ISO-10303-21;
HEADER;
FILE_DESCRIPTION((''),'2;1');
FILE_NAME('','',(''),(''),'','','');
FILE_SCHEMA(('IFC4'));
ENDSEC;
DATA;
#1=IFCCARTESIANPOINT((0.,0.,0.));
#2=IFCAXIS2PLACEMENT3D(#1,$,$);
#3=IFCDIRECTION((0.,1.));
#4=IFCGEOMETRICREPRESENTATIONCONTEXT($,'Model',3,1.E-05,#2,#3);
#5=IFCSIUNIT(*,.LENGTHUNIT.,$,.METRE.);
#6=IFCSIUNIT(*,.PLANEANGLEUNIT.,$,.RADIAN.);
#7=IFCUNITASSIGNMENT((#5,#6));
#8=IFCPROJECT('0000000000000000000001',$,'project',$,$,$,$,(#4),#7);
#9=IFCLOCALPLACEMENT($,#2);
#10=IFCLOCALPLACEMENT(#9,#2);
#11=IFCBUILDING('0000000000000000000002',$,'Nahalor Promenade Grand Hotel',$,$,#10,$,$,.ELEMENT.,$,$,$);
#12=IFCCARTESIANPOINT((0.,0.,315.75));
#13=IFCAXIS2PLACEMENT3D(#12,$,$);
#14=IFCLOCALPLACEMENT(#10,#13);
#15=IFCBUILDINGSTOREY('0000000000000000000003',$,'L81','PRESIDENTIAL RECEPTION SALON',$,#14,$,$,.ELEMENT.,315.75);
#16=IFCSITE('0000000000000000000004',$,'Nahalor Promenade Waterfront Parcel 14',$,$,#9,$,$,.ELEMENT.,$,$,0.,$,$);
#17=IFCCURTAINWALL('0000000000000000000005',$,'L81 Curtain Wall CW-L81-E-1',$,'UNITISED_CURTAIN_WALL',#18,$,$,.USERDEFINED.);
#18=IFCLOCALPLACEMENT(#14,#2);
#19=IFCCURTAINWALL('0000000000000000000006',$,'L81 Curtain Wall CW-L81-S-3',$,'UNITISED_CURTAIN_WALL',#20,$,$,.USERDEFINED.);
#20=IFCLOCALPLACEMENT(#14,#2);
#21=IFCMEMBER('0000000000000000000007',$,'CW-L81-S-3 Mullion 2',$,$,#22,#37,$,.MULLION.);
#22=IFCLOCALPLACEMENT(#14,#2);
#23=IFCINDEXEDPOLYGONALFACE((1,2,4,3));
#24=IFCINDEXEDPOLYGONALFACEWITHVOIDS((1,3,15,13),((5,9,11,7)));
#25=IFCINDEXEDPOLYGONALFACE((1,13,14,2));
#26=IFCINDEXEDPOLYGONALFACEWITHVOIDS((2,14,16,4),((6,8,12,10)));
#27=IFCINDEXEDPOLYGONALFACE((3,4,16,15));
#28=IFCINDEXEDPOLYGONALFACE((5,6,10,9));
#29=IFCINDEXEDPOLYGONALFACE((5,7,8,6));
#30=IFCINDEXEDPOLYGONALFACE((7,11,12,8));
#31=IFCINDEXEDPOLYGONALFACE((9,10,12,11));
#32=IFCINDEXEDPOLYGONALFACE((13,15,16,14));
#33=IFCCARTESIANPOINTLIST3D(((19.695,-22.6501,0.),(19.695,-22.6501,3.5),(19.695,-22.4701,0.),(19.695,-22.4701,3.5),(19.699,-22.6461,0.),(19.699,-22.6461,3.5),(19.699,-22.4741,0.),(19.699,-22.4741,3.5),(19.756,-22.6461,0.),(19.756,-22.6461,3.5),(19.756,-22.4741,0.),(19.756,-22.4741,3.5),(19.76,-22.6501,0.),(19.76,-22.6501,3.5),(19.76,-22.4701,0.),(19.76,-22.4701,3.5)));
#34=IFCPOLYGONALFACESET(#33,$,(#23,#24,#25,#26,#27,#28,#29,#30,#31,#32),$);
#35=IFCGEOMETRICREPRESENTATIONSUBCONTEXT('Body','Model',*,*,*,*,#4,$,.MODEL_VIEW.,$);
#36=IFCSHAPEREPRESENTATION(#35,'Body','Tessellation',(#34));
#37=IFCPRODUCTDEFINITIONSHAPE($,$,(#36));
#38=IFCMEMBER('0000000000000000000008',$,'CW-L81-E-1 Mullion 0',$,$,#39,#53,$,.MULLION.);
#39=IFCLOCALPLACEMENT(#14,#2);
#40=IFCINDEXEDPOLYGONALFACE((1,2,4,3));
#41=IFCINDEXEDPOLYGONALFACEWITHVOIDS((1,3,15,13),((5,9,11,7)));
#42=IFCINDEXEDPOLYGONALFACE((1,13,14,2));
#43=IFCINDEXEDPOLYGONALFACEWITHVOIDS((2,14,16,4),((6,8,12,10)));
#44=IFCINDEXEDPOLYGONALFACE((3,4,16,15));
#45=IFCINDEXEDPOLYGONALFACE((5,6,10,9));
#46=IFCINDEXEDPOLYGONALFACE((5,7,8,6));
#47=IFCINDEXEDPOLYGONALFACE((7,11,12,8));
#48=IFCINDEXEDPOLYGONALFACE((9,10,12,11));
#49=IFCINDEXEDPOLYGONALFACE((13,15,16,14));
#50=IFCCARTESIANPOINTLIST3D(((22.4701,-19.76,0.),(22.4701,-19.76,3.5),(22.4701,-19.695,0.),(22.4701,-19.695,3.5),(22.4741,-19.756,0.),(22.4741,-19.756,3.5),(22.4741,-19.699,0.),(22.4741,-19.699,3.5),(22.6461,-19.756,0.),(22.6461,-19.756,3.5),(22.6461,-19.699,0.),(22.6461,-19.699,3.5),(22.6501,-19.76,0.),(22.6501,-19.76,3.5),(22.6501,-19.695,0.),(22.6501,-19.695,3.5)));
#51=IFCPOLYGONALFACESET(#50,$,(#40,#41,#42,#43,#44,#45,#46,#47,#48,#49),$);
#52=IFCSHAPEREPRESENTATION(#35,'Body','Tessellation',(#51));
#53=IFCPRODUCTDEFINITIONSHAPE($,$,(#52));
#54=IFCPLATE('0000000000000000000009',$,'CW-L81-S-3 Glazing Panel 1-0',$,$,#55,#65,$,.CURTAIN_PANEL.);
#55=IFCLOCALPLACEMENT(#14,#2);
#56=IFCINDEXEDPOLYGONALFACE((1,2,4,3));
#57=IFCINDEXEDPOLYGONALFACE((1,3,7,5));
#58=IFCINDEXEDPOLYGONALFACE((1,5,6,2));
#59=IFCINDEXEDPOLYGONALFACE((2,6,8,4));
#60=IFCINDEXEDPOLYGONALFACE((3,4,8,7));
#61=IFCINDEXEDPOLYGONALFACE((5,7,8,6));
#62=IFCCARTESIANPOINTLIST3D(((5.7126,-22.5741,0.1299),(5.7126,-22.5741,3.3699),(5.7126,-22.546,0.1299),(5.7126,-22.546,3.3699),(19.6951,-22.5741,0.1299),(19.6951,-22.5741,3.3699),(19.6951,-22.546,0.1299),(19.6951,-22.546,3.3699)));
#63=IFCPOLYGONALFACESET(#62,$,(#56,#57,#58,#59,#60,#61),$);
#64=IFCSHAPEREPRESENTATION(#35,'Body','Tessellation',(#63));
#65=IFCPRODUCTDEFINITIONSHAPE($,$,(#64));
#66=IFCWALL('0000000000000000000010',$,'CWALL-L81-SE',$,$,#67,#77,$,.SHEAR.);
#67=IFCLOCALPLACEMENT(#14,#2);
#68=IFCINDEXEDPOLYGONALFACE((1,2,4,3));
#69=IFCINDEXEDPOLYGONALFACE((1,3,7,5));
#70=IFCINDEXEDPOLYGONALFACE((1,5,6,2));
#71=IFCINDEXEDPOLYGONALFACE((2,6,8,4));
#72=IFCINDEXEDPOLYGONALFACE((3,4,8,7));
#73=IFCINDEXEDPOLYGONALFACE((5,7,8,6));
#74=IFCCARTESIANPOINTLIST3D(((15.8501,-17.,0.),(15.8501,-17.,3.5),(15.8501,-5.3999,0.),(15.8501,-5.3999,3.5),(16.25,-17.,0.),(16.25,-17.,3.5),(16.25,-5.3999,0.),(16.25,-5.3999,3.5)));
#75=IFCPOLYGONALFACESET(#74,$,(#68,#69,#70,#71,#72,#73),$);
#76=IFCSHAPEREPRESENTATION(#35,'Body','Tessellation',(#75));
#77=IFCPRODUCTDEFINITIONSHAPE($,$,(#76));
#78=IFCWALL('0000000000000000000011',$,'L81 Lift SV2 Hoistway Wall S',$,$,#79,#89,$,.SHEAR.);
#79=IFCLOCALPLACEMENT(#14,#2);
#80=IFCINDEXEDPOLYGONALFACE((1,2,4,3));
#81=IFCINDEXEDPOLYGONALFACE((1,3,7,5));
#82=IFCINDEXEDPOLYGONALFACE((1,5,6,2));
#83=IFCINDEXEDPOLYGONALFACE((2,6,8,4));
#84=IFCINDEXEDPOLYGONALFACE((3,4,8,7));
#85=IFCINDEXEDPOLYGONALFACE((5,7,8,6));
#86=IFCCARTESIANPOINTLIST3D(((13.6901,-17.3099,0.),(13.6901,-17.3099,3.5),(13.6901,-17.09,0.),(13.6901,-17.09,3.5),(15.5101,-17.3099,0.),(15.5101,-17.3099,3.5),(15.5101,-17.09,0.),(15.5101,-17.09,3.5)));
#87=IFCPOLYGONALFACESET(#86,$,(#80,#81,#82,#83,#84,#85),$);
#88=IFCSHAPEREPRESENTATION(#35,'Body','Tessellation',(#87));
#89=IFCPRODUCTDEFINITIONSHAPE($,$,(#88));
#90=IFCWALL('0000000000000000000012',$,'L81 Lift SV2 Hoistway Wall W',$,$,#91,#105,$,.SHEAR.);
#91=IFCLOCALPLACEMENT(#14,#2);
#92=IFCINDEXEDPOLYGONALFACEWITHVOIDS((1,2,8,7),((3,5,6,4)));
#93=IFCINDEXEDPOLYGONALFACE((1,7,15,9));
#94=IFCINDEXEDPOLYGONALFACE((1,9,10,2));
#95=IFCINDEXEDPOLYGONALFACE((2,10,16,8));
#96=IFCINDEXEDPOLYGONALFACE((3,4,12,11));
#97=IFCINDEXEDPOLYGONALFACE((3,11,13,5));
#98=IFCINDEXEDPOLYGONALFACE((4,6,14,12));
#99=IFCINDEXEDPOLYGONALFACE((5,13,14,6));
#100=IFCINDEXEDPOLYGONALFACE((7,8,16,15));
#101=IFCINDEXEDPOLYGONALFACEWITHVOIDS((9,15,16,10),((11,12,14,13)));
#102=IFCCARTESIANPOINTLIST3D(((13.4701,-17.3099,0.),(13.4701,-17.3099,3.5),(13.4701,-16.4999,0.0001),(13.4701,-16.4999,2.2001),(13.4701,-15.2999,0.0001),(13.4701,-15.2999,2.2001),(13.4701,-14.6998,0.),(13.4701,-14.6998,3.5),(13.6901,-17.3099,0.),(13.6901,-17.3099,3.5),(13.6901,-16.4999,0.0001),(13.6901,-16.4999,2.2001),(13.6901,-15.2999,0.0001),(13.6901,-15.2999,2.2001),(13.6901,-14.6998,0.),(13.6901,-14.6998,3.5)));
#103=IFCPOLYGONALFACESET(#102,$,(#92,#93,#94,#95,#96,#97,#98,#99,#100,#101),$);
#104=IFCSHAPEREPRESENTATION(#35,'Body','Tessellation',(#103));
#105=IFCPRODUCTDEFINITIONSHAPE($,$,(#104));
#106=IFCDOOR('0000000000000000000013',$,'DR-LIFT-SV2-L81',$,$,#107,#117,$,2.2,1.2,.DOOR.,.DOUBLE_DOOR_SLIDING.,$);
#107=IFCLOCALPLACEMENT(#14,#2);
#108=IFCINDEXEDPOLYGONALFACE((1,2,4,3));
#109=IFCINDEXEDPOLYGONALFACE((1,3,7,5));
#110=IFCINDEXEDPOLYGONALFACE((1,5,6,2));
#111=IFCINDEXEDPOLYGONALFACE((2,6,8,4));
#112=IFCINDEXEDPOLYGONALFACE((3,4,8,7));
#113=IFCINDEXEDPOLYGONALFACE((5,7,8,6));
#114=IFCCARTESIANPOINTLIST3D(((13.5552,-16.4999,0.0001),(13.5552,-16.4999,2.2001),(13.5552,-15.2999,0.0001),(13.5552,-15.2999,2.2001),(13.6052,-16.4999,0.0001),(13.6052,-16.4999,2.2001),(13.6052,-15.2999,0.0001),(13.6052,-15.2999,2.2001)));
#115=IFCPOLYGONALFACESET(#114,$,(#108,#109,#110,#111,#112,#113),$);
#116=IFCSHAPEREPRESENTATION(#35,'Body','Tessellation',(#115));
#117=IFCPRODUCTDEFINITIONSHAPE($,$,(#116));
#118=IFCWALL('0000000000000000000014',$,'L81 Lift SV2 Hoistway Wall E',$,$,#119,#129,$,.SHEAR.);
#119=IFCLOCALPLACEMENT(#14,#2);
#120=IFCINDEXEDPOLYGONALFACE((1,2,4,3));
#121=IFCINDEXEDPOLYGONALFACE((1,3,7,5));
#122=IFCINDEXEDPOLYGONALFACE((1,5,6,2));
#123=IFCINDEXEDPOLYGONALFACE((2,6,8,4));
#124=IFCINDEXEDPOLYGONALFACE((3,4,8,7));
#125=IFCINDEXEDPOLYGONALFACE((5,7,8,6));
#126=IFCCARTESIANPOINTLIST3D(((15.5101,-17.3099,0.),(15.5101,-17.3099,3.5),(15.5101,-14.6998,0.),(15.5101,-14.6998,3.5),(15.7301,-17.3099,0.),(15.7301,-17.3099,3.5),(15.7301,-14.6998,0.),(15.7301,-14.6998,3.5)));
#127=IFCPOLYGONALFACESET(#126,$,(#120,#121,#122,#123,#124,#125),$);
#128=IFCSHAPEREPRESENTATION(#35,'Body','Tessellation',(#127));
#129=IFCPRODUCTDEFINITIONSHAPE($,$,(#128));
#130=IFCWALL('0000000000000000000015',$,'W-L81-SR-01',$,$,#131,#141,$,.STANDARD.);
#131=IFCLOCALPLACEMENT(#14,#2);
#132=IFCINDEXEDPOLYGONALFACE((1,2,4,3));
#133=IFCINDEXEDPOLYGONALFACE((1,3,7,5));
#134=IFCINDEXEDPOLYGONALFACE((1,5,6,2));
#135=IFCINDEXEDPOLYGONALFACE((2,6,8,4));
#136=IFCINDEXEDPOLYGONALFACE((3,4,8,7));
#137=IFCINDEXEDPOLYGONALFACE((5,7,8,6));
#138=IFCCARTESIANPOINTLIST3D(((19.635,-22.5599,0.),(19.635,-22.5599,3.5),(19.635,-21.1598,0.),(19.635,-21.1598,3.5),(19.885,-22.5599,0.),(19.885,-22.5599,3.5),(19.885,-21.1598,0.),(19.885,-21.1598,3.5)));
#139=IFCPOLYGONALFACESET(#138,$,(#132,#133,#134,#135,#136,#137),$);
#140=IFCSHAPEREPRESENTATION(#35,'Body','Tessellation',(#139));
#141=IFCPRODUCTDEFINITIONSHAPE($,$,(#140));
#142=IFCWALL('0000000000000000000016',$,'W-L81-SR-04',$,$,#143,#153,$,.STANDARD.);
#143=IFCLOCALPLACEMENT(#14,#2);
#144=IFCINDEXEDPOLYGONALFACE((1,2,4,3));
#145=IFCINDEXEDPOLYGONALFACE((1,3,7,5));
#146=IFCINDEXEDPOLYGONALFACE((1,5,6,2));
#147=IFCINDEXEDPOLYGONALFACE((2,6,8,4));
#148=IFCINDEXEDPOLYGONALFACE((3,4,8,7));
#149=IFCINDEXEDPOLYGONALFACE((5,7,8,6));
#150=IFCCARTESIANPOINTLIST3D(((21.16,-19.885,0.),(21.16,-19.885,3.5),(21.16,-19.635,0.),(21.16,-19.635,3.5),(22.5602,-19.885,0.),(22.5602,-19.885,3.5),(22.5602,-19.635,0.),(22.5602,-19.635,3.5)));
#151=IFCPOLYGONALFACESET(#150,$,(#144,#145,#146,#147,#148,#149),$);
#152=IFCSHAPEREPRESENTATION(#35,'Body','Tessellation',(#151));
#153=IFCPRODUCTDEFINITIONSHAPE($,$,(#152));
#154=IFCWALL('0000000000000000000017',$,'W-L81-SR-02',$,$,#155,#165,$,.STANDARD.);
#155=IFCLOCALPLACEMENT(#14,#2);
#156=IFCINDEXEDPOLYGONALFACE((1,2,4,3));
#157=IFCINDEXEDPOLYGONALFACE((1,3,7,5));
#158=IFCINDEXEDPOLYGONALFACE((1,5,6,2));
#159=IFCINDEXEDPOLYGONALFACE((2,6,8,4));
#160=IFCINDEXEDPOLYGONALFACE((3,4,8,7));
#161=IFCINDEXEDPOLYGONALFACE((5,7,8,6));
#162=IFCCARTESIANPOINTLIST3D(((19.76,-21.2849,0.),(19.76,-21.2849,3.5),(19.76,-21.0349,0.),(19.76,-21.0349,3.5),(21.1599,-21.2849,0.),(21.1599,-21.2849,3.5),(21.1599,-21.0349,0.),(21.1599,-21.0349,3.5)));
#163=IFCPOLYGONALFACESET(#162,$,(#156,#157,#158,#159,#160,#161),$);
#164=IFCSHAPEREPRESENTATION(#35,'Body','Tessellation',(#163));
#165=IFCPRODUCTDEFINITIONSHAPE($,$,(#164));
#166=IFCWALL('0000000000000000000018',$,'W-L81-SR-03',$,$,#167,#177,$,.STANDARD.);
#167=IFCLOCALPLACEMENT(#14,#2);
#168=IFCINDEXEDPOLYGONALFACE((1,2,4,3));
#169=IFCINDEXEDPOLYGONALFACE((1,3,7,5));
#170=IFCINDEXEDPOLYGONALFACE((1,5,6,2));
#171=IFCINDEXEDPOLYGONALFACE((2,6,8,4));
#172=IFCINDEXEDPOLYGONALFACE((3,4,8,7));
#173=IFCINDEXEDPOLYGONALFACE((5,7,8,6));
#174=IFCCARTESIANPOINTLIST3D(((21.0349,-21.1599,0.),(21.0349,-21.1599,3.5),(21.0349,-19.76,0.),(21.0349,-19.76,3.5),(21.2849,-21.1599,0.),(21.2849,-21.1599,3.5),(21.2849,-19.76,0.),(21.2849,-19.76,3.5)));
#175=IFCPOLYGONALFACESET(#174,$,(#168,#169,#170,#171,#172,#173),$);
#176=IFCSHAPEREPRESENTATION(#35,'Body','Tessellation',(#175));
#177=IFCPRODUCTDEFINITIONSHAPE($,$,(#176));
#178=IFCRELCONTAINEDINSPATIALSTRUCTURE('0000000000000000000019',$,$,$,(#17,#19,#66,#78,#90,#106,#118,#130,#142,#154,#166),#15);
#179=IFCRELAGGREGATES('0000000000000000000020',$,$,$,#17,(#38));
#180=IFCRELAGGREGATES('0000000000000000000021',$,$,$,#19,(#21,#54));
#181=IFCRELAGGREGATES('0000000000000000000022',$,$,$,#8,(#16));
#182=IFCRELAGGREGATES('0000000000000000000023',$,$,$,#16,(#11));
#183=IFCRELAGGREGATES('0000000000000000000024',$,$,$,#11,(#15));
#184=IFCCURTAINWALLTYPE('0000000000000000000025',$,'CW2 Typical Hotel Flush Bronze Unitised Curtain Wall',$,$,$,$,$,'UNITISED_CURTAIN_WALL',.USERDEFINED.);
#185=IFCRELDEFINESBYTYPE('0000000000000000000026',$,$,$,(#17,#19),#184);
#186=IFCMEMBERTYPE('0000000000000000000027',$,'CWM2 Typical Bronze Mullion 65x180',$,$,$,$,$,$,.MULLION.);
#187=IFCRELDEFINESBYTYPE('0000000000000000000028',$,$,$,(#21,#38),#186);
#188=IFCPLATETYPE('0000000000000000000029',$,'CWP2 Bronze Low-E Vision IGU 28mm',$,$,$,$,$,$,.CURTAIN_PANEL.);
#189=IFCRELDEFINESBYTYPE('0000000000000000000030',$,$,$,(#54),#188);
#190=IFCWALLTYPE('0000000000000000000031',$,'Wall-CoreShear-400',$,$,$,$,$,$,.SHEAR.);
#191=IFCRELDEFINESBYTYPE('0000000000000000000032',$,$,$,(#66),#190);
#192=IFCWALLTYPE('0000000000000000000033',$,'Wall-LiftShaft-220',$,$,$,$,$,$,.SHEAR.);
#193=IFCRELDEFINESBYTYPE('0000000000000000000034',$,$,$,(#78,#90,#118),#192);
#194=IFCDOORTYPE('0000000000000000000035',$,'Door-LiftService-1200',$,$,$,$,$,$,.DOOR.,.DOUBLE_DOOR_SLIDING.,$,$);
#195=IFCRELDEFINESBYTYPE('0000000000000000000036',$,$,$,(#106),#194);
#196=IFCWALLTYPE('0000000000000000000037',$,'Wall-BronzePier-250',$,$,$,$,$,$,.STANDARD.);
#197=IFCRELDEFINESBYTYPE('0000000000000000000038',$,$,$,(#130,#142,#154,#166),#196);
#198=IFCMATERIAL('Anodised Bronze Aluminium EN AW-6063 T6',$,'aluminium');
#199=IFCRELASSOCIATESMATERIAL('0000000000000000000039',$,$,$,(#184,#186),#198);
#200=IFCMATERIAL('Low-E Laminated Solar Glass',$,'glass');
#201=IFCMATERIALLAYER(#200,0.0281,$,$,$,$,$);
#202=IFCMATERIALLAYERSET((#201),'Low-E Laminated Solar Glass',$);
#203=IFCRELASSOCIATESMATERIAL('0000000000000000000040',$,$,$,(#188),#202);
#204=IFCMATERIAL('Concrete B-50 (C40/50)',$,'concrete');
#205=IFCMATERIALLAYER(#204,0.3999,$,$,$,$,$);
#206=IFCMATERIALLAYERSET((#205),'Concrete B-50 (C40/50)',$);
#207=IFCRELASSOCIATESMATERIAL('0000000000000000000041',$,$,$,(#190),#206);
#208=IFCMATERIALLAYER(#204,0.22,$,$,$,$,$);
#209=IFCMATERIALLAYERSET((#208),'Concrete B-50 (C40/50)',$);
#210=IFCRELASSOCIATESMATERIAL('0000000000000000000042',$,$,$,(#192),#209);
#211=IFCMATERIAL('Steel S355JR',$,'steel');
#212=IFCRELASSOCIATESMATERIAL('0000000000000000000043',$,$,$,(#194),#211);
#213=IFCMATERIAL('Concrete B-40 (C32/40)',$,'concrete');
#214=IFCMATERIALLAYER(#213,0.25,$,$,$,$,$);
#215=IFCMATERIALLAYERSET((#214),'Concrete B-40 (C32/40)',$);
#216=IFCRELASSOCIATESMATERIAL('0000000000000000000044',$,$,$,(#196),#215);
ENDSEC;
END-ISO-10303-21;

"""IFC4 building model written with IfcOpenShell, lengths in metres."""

from ifc_helpers import new_model, si_unit, direction, frame, frame_2d, origin, origin_2d, place, context, subcontext, project, spatial, rectangle, hollow_rectangle, extrude, source, transform, mapped, material, layer, layer_set, material_profile, profile_set, type_object, element, fill, aggregate, save


model = new_model("IFC4")

# Units and contexts
model_context = context("Model", 3, precision=1e-05, world=origin(), true_north=direction((0.0, 1.0)))
body_context = subcontext(model_context, "Body", "Model", "MODEL_VIEW")
ifc_project = project(units=[si_unit("LENGTHUNIT", "METRE"), si_unit("PLANEANGLEUNIT", "RADIAN")], contexts=[model_context])

# Site, building, storey
site_placement = place(None, origin())
site = spatial("IfcSite", under=ifc_project, at=site_placement, Name="Nahalor Promenade Waterfront Parcel 14", CompositionType="ELEMENT", RefElevation=0.0)
building_placement = place(site_placement, origin())
building = spatial("IfcBuilding", under=site, at=building_placement, Name="Nahalor Promenade Grand Hotel", CompositionType="ELEMENT")
storey_placement = place(building_placement, frame((0.0, 0.0, 315.75)))
storey = spatial("IfcBuildingStorey", under=building, at=storey_placement, Name="L81", Description="PRESIDENTIAL RECEPTION SALON", CompositionType="ELEMENT", Elevation=315.75)

# Shared definitions
ifc_material_1 = material(Name="Concrete B-50 (C40/50)", Category="concrete")
ifc_material_2 = material(Name="Steel S355JR", Category="steel")

# Curtain wall
ifc_material_3 = material(Name="Anodised Bronze Aluminium EN AW-6063 T6", Category="aluminium")
curtain_wall_type = type_object("IfcCurtainWallType", Name="CW2 Typical Hotel Flush Bronze Unitised Curtain Wall", ElementType="UNITISED_CURTAIN_WALL", PredefinedType="USERDEFINED", material=ifc_material_3)
curtain_wall_1_placement = place(storey_placement, origin())
curtain_wall_1 = element("IfcCurtainWall", 1, at=curtain_wall_1_placement, inside=storey, type_object=curtain_wall_type, Name="L81 Curtain Wall CW-L81-E-1", ObjectType="UNITISED_CURTAIN_WALL", PredefinedType="USERDEFINED")

# Curtain wall, member
curtain_wall_2_placement = place(storey_placement, origin())
curtain_wall_2 = element("IfcCurtainWall", 2, at=curtain_wall_2_placement, inside=storey, type_object=curtain_wall_type, Name="L81 Curtain Wall CW-L81-S-3", ObjectType="UNITISED_CURTAIN_WALL", PredefinedType="USERDEFINED")
ifc_material_profile_1 = material_profile(ifc_material_3, hollow_rectangle(XDim=0.065, YDim=0.18, WallThickness=0.004, at=origin_2d()), Name="CWM 65x180x4")
ifc_profile_set_1 = profile_set([ifc_material_profile_1], Name="Anodised Bronze Aluminium EN AW-6063 T6")
member_type_1 = type_object("IfcMemberType", Name="CWM2 Typical Bronze Mullion 65x180", PredefinedType="MULLION", material=ifc_profile_set_1)
shared_shape_1 = source(origin(), body_context, "Body", "SweptSolid", [
    extrude(hollow_rectangle(XDim=0.065, YDim=0.18, WallThickness=0.004, at=origin_2d()), origin(), (0.0, 0.0, 1.0), 3.5),
])
member_1_placement = place(storey_placement, frame((19.7275, -22.5601, 0.0), z_axis=(0.0, 0.0, 1.0), x_axis=(1.0, 0.0, 0.0)))
member_1 = element("IfcMember", 3, at=member_1_placement, type_object=member_type_1, Name="CW-L81-S-3 Mullion 2", PredefinedType="MULLION", context=body_context, shape_type="MappedRepresentation", body=[
    mapped(shared_shape_1, transform((0.0, 0.0, 0.0), scale=1.0)),
])

# Member
member_2_placement = place(storey_placement, frame((22.5601, -19.7275, 0.0), z_axis=(0.0, 0.0, 1.0), x_axis=(0.0, 1.0, 0.0)))
member_2 = element("IfcMember", 4, at=member_2_placement, type_object=member_type_1, Name="CW-L81-E-1 Mullion 0", PredefinedType="MULLION", context=body_context, shape_type="MappedRepresentation", body=[
    mapped(shared_shape_1, transform((0.0, 0.0, 0.0), scale=1.0)),
])
aggregate(curtain_wall_1, [member_2])

# Plate
ifc_material_4 = material(Name="Low-E Laminated Solar Glass", Category="glass")
ifc_layer_1 = layer(ifc_material_4, 0.0281)
ifc_layer_set_1 = layer_set([ifc_layer_1], Name="Low-E Laminated Solar Glass")
plate_type = type_object("IfcPlateType", Name="CWP2 Bronze Low-E Vision IGU 28mm", PredefinedType="CURTAIN_PANEL", material=ifc_layer_set_1)
shared_shape_2 = source(origin(), body_context, "Body", "SweptSolid", [
    extrude(rectangle(XDim=13.9824, YDim=0.0281, at=origin_2d()), origin(), (0.0, 0.0, 1.0), 3.24),
])
plate_placement = place(storey_placement, frame((12.7039, -22.5601, 0.1299), z_axis=(0.0, 0.0, 1.0), x_axis=(1.0, 0.0, 0.0)))
plate = element("IfcPlate", 5, at=plate_placement, type_object=plate_type, Name="CW-L81-S-3 Glazing Panel 1-0", PredefinedType="CURTAIN_PANEL", context=body_context, shape_type="MappedRepresentation", body=[
    mapped(shared_shape_2, transform((0.0, 0.0, 0.0), scale=1.0)),
])
aggregate(curtain_wall_2, [member_1, plate])

# Walls
ifc_layer_2 = layer(ifc_material_1, 0.3999)
ifc_layer_set_2 = layer_set([ifc_layer_2], Name="Concrete B-50 (C40/50)")
wall_type_1 = type_object("IfcWallType", Name="Wall-CoreShear-400", PredefinedType="SHEAR", material=ifc_layer_set_2)
shared_shape_3 = source(origin(), body_context, "Body", "SweptSolid", [
    extrude(rectangle(XDim=11.6001, YDim=0.3999, at=frame_2d((5.8, 0.0))), origin(), (0.0, 0.0, 1.0), 3.5),
])
wall_1_placement = place(storey_placement, frame((16.05, -17.0, 0.0), z_axis=(0.0, 0.0, 1.0), x_axis=(0.0, 1.0, 0.0)))
element("IfcWall", 6, at=wall_1_placement, inside=storey, type_object=wall_type_1, Name="CWALL-L81-SE", PredefinedType="SHEAR", context=body_context, shape_type="MappedRepresentation", body=[
    mapped(shared_shape_3, transform((0.0, 0.0, 0.0), scale=1.0)),
])
ifc_layer_3 = layer(ifc_material_1, 0.22)
ifc_layer_set_3 = layer_set([ifc_layer_3], Name="Concrete B-50 (C40/50)")
wall_type_2 = type_object("IfcWallType", Name="Wall-LiftShaft-220", PredefinedType="SHEAR", material=ifc_layer_set_3)
shared_shape_4 = source(origin(), body_context, "Body", "SweptSolid", [
    extrude(rectangle(XDim=1.8201, YDim=0.22, at=frame_2d((0.9102, 0.0))), origin(), (0.0, 0.0, 1.0), 3.5),
])
wall_2_placement = place(storey_placement, frame((13.6899, -17.2, 0.0), z_axis=(0.0, 0.0, 1.0), x_axis=(1.0, 0.0, 0.0)))
element("IfcWall", 7, at=wall_2_placement, inside=storey, type_object=wall_type_2, Name="L81 Lift SV2 Hoistway Wall S", PredefinedType="SHEAR", context=body_context, shape_type="MappedRepresentation", body=[
    mapped(shared_shape_4, transform((0.0, 0.0, 0.0), scale=1.0)),
])

# Wall, opening, door
shared_shape_5 = source(origin(), body_context, "Body", "SweptSolid", [
    extrude(rectangle(XDim=2.6101, YDim=0.22, at=frame_2d((1.3052, 0.0))), origin(), (0.0, 0.0, 1.0), 3.5),
])
wall_3_placement = place(storey_placement, frame((13.5801, -17.3101, 0.0), z_axis=(0.0, 0.0, 1.0), x_axis=(0.0, 1.0, 0.0)))
wall_3 = element("IfcWall", 8, at=wall_3_placement, inside=storey, type_object=wall_type_2, Name="L81 Lift SV2 Hoistway Wall W", PredefinedType="SHEAR", context=body_context, shape_type="MappedRepresentation", body=[
    mapped(shared_shape_5, transform((0.0, 0.0, 0.0), scale=1.0)),
])
opening_placement = place(wall_3_placement, frame((0.8101, 0.0, 0.0)))
opening = element("IfcOpeningElement", 9, at=opening_placement, cuts=wall_3, PredefinedType="OPENING", context=body_context, shape_type="SweptSolid", body=[
    extrude(rectangle(XDim=1.2, YDim=2.2, at=frame_2d((0.6001, 1.1001))), frame((0.0, 0.1199, 0.0), z_axis=(0.0, -1.0, 0.0), x_axis=(1.0, 0.0, 0.0)), (0.0, 0.0, 1.0), 0.24),
])
door_type = type_object("IfcDoorType", Name="Door-LiftService-1200", OperationType="DOUBLE_DOOR_SLIDING", PredefinedType="DOOR", material=ifc_material_2)
shared_shape_6 = source(origin(), body_context, "Body", "SweptSolid", [
    extrude(rectangle(XDim=1.2, YDim=2.2, at=frame_2d((0.6001, 1.1001))), frame((0.0, 0.0249, 0.0), z_axis=(0.0, -1.0, 0.0), x_axis=(1.0, 0.0, 0.0)), (0.0, 0.0, 1.0), 0.05),
])
door_placement = place(opening_placement, origin())
door = element("IfcDoor", 10, at=door_placement, inside=storey, type_object=door_type, Name="DR-LIFT-SV2-L81", OperationType="DOUBLE_DOOR_SLIDING", OverallHeight=2.2, OverallWidth=1.2, PredefinedType="DOOR", context=body_context, shape_type="MappedRepresentation", body=[
    mapped(shared_shape_6, transform((0.0, 0.0, 0.0), scale=1.0)),
])
fill(opening, door)

# Walls
wall_4_placement = place(storey_placement, frame((15.6201, -17.3101, 0.0), z_axis=(0.0, 0.0, 1.0), x_axis=(0.0, 1.0, 0.0)))
element("IfcWall", 11, at=wall_4_placement, inside=storey, type_object=wall_type_2, Name="L81 Lift SV2 Hoistway Wall E", PredefinedType="SHEAR", context=body_context, shape_type="MappedRepresentation", body=[
    mapped(shared_shape_5, transform((0.0, 0.0, 0.0), scale=1.0)),
])
ifc_material_5 = material(Name="Concrete B-40 (C32/40)", Category="concrete")
ifc_layer_4 = layer(ifc_material_5, 0.25)
ifc_layer_set_4 = layer_set([ifc_layer_4], Name="Concrete B-40 (C32/40)")
wall_type_3 = type_object("IfcWallType", Name="Wall-BronzePier-250", PredefinedType="STANDARD", material=ifc_layer_set_4)
shared_shape_7 = source(origin(), body_context, "Body", "SweptSolid", [
    extrude(rectangle(XDim=1.4001, YDim=0.25, at=frame_2d((0.7002, 0.0))), origin(), (0.0, 0.0, 1.0), 3.5),
])
for number, where, z_axis, x_axis, name in (
    (12, (19.76, -22.5601, 0.0), (0.0, 0.0, 1.0), (0.0, 1.0, 0.0), "W-L81-SR-01"),
    (13, (21.1599, -19.76, 0.0), (0.0, 0.0, 1.0), (1.0, 0.0, 0.0), "W-L81-SR-04"),
):
    element("IfcWall", number, at=place(storey_placement, frame(where, z_axis=z_axis, x_axis=x_axis)), inside=storey, type_object=wall_type_3, Name=name, PredefinedType="STANDARD", context=body_context, shape_type="MappedRepresentation", body=[
        mapped(shared_shape_7, transform((0.0, 0.0, 0.0), scale=1.0)),
    ])
shared_shape_8 = source(origin(), body_context, "Body", "SweptSolid", [
    extrude(rectangle(XDim=1.3999, YDim=0.25, at=frame_2d((0.7, 0.0))), origin(), (0.0, 0.0, 1.0), 3.5),
])
for number, where, z_axis, x_axis, name in (
    (14, (19.76, -21.1599, 0.0), (0.0, 0.0, 1.0), (1.0, 0.0, 0.0), "W-L81-SR-02"),
    (15, (21.1599, -21.1599, 0.0), (0.0, 0.0, 1.0), (0.0, 1.0, 0.0), "W-L81-SR-03"),
):
    element("IfcWall", number, at=place(storey_placement, frame(where, z_axis=z_axis, x_axis=x_axis)), inside=storey, type_object=wall_type_3, Name=name, PredefinedType="STANDARD", context=body_context, shape_type="MappedRepresentation", body=[
        mapped(shared_shape_8, transform((0.0, 0.0, 0.0), scale=1.0)),
    ])

save(model, "model.ifc")
